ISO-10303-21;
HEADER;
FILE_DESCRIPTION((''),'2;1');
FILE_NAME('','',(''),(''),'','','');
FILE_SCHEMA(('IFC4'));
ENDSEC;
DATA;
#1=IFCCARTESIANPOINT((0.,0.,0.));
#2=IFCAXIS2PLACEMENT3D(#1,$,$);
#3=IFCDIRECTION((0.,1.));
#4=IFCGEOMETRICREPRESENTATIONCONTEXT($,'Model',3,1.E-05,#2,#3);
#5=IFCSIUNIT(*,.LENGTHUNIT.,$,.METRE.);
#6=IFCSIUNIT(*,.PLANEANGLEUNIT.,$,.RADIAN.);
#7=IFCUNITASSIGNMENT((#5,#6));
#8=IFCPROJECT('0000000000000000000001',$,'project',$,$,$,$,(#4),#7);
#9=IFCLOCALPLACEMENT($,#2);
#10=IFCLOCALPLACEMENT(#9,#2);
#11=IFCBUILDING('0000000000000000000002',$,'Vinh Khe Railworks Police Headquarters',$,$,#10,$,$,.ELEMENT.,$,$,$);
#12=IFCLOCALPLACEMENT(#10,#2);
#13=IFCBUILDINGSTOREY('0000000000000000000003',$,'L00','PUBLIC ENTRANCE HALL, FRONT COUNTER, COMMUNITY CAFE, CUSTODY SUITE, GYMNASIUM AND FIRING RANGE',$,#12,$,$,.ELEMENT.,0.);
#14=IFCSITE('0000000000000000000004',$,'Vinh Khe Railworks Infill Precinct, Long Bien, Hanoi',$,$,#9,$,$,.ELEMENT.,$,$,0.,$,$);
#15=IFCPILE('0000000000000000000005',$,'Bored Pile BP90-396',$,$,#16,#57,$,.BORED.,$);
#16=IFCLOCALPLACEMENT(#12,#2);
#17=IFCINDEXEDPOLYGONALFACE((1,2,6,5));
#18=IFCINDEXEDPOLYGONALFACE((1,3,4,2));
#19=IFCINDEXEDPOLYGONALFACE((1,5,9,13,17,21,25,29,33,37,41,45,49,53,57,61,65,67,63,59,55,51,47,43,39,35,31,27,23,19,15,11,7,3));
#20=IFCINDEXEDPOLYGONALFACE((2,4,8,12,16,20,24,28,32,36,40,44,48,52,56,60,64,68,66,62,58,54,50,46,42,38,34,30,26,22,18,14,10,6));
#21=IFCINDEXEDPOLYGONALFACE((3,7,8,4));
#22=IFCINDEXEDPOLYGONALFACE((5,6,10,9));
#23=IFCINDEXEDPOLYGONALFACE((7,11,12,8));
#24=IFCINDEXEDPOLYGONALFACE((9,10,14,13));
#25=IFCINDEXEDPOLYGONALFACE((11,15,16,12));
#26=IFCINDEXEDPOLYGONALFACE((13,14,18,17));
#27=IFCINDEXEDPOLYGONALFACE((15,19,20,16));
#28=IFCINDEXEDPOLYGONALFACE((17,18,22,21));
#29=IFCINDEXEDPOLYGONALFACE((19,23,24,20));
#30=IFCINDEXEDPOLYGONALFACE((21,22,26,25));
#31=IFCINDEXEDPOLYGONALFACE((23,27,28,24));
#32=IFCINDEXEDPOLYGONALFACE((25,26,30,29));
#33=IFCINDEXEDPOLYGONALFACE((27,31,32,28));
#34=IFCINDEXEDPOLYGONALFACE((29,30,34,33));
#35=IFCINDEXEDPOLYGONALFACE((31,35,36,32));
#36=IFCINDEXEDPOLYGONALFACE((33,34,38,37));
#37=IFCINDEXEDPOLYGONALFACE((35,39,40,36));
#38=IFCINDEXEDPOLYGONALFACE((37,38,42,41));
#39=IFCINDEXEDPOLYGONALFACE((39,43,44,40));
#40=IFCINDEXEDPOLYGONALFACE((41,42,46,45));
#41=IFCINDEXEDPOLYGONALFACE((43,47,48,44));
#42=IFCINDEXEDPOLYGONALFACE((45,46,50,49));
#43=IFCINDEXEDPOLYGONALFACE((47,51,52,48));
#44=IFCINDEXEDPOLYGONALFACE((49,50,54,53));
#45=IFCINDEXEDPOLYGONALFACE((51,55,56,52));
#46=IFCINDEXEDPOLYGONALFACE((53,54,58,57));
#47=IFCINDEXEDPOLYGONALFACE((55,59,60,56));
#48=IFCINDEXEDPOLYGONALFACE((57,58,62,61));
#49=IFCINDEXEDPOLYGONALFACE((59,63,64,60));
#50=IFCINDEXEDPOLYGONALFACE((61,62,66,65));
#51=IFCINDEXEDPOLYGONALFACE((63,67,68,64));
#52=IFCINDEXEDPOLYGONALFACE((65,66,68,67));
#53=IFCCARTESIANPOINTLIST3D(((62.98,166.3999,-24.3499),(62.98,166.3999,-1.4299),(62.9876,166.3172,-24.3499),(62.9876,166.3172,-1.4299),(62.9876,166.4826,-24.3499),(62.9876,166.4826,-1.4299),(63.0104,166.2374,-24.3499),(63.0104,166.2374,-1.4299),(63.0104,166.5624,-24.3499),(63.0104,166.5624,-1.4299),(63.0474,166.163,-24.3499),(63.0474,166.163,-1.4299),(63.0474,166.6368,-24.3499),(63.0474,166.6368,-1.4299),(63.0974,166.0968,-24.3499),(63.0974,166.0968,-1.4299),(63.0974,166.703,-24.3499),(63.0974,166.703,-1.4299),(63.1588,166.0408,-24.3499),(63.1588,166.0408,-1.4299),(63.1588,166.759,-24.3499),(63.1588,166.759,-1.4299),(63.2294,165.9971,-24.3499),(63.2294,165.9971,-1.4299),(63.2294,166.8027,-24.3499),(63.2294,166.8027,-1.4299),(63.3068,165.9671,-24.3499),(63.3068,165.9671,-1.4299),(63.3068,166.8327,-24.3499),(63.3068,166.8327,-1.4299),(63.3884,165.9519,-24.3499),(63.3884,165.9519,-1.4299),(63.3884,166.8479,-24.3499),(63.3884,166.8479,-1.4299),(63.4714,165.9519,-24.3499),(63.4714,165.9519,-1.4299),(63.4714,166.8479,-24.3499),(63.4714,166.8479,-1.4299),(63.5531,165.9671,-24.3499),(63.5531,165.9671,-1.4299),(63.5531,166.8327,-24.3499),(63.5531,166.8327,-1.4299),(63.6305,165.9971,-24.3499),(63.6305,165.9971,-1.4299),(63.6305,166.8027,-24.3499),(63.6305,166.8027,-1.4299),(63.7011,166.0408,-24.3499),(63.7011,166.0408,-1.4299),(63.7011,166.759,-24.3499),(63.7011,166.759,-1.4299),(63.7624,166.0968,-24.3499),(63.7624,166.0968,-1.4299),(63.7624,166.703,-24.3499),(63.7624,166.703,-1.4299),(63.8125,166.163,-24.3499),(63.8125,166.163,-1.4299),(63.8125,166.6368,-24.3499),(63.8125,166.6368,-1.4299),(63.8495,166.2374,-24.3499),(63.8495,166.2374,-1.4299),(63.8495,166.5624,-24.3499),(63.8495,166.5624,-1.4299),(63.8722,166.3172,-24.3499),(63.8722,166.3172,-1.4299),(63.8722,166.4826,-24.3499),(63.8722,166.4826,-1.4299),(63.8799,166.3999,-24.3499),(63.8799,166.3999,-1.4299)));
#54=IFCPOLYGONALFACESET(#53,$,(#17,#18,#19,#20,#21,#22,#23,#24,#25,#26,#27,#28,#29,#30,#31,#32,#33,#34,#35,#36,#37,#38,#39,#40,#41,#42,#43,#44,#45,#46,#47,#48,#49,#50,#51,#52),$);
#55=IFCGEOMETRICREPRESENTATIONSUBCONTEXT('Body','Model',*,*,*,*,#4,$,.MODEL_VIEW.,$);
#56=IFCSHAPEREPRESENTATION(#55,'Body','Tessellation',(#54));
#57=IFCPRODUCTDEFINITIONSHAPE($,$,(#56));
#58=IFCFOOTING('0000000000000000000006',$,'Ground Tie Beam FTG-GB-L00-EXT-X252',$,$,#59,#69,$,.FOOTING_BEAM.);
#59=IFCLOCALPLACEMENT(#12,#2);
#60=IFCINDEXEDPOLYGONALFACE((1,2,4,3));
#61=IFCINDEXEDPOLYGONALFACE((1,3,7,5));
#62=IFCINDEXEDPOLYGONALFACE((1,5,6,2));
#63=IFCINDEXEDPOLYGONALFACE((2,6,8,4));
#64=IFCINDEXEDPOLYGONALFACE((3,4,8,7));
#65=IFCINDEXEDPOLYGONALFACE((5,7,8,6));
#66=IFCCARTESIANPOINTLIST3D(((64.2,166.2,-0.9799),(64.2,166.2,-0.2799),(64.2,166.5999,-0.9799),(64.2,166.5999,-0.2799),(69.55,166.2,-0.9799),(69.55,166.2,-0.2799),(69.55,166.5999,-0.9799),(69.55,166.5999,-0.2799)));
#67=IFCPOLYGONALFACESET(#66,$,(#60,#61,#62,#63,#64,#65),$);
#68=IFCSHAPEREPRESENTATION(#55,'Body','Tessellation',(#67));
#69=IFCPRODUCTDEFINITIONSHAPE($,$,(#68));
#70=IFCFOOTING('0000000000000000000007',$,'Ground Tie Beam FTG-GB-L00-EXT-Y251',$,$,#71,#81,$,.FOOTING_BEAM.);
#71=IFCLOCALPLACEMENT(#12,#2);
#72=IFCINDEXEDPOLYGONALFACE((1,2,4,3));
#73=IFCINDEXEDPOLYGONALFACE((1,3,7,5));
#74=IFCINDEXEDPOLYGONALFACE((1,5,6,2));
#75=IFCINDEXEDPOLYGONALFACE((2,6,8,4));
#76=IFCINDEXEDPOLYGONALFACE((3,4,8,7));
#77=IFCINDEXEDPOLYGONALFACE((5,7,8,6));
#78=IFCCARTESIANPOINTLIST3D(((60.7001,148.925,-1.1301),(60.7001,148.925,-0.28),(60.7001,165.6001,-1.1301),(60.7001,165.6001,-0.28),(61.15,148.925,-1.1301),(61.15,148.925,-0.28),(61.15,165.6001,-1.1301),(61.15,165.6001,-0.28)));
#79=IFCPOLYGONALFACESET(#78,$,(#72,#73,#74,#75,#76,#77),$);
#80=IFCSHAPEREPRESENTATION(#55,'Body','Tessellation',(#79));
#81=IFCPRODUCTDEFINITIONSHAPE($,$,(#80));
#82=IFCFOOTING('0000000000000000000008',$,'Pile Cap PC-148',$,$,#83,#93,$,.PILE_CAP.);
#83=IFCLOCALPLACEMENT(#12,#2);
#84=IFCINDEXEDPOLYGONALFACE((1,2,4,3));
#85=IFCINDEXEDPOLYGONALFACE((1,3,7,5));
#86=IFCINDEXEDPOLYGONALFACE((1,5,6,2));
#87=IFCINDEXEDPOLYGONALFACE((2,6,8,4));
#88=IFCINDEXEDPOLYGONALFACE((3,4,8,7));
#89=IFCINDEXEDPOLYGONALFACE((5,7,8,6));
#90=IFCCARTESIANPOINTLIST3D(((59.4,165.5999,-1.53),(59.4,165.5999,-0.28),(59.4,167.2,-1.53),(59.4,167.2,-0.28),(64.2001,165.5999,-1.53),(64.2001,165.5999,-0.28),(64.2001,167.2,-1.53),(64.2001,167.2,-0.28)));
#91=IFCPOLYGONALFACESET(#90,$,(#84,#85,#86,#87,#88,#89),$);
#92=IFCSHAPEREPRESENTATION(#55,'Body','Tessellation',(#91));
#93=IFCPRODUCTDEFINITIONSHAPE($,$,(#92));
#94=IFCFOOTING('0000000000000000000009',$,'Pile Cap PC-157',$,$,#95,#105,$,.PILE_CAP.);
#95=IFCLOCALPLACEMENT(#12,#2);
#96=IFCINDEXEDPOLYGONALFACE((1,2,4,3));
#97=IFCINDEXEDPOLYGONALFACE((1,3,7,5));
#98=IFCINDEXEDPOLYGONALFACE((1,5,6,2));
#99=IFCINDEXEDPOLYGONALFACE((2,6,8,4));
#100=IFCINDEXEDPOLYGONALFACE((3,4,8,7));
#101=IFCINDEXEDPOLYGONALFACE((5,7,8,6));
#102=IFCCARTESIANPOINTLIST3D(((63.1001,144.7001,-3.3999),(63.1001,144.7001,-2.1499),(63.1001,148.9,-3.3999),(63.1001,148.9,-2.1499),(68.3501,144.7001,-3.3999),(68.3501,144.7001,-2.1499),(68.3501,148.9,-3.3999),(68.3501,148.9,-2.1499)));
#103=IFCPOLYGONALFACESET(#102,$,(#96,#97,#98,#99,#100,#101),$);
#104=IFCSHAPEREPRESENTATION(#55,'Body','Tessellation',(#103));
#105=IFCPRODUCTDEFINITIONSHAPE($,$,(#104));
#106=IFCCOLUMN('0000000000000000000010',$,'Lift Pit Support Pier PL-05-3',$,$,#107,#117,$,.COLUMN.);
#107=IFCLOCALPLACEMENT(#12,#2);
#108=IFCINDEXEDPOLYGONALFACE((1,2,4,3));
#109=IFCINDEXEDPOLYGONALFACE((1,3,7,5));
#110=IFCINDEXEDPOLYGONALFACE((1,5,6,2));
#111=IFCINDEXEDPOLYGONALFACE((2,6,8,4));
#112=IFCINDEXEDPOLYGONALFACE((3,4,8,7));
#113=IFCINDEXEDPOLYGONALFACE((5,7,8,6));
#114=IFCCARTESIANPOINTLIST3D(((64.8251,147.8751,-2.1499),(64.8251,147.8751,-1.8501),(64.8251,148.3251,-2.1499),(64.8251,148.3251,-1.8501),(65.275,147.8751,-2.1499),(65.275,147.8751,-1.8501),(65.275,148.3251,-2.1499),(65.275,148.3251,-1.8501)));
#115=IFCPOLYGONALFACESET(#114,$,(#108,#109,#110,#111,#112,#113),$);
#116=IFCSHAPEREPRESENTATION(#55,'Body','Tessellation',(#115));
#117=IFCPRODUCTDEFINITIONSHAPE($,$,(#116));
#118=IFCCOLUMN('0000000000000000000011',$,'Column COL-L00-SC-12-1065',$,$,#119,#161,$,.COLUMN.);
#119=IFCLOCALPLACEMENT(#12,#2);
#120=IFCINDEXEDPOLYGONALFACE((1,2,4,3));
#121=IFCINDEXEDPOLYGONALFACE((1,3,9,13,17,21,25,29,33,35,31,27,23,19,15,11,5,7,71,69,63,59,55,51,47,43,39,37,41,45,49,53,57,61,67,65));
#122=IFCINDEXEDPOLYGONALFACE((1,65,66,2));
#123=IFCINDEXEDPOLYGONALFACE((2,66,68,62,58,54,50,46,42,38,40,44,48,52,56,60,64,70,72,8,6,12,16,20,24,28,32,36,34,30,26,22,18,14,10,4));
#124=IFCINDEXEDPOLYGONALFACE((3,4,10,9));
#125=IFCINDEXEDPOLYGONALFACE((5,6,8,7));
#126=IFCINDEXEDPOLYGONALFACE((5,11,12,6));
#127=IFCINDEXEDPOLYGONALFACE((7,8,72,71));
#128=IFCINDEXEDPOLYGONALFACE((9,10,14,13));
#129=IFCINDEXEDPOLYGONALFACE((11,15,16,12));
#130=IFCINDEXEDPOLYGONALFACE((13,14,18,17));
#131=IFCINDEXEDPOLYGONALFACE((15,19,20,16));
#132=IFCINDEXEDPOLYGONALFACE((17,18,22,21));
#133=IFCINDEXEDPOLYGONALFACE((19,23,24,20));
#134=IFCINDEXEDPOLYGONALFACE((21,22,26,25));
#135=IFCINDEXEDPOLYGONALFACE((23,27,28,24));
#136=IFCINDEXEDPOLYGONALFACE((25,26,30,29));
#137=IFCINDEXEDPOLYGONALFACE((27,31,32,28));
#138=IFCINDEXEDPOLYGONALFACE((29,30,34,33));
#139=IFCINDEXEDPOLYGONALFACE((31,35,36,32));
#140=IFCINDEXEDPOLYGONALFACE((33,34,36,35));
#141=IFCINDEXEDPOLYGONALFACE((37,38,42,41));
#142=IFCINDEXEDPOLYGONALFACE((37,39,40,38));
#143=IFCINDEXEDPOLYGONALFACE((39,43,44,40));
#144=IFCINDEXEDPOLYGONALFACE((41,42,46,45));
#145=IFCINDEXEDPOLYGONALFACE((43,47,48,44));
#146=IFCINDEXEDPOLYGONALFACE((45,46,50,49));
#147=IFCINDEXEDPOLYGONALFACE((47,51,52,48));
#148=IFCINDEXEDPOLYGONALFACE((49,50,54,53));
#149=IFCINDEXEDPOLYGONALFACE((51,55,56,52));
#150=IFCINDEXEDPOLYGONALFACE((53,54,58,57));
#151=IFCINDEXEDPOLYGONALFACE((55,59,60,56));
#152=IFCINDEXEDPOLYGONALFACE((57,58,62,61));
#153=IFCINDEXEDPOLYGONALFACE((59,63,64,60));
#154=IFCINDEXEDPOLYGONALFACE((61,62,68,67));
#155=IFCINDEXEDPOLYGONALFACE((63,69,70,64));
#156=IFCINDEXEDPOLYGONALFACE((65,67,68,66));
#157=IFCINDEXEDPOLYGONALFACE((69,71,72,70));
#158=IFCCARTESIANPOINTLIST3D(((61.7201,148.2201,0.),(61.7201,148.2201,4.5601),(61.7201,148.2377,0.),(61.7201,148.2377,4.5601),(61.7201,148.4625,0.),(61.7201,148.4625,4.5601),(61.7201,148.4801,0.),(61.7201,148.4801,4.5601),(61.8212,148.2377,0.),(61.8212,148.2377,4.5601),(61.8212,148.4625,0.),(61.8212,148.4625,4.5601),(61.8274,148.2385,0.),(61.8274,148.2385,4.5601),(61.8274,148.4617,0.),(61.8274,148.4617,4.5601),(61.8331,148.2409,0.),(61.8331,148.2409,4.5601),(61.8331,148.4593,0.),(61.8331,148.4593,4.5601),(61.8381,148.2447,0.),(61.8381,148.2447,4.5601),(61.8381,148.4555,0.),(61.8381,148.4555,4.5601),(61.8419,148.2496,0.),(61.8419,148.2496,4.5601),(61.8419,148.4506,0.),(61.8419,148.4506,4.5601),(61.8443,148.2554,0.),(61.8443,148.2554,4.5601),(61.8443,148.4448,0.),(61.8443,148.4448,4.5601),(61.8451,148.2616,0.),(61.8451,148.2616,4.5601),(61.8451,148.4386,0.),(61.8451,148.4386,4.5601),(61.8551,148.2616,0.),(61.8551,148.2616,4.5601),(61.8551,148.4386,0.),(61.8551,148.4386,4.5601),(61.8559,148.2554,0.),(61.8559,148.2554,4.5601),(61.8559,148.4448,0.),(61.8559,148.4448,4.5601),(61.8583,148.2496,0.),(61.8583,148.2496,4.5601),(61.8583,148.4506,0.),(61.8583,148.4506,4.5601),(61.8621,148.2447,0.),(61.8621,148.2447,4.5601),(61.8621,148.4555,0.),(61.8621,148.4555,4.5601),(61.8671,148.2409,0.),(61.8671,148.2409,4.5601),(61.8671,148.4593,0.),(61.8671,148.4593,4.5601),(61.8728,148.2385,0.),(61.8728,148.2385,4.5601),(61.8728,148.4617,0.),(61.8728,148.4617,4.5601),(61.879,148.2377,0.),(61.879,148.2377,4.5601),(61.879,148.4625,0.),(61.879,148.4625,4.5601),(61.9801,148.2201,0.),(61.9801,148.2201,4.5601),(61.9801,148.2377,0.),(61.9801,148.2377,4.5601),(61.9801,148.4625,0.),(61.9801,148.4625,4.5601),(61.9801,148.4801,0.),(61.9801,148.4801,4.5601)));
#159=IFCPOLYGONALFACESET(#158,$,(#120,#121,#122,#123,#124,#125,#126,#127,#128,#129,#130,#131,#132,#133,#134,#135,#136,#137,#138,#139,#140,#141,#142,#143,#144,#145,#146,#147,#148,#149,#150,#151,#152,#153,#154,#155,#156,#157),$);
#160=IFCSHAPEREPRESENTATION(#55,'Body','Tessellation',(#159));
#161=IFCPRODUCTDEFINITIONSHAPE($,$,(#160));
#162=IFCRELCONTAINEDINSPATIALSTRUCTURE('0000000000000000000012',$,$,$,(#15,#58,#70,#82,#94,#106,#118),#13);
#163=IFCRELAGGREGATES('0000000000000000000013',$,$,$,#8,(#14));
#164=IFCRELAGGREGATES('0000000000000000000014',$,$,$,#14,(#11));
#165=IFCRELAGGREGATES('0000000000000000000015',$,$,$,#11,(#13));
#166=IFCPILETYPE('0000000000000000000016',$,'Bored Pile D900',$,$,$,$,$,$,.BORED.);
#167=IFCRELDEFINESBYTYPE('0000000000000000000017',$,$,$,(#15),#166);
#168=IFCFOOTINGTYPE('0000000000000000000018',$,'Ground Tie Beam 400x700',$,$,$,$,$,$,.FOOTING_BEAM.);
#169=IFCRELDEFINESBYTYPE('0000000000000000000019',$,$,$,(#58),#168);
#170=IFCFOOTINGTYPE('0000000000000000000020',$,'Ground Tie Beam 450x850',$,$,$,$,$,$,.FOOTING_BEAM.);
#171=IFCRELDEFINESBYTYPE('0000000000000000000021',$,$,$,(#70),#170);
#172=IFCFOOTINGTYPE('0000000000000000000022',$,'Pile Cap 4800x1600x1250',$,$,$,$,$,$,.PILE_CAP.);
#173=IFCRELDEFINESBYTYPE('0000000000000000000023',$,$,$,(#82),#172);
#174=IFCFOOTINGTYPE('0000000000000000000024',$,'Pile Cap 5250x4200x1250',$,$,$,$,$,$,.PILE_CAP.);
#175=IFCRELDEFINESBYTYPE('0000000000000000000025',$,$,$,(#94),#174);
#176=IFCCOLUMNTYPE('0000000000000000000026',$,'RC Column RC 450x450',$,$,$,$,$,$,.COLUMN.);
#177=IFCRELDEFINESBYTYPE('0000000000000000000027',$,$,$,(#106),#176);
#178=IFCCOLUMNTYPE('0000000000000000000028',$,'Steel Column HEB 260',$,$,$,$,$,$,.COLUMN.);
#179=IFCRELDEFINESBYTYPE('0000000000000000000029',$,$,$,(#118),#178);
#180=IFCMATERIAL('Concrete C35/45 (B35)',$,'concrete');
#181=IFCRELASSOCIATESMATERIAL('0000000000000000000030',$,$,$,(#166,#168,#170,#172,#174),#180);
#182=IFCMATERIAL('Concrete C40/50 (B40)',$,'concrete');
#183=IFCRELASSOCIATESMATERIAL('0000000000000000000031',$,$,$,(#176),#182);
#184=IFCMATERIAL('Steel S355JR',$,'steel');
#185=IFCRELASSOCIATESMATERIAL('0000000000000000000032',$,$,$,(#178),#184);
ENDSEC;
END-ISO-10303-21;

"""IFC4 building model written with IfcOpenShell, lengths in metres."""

from ifc_helpers import new_model, si_unit, direction, frame, origin, origin_2d, place, context, subcontext, project, spatial, rectangle, circle, i_section, extrude, material, material_profile, profile_set, type_object, element, save


model = new_model("IFC4")

# Units and contexts
model_context = context("Model", 3, precision=1e-05, world=origin(), true_north=direction((0.0, 1.0)))
body_context = subcontext(model_context, "Body", "Model", "MODEL_VIEW")
ifc_project = project(units=[si_unit("LENGTHUNIT", "METRE"), si_unit("PLANEANGLEUNIT", "RADIAN")], contexts=[model_context])

# Site, building, storey
site_placement = place(None, origin())
site = spatial("IfcSite", under=ifc_project, at=site_placement, Name="Vinh Khe Railworks Infill Precinct, Long Bien, Hanoi", CompositionType="ELEMENT", RefElevation=0.0)
building_placement = place(site_placement, origin())
building = spatial("IfcBuilding", under=site, at=building_placement, Name="Vinh Khe Railworks Police Headquarters", CompositionType="ELEMENT")
storey_placement = place(building_placement, origin())
storey = spatial("IfcBuildingStorey", under=building, at=storey_placement, Name="L00", Description="PUBLIC ENTRANCE HALL, FRONT COUNTER, COMMUNITY CAFE, CUSTODY SUITE, GYMNASIUM AND FIRING RANGE", CompositionType="ELEMENT", Elevation=0.0)

# Pile
ifc_material_1 = material(Name="Concrete C35/45 (B35)", Category="concrete")
ifc_material_profile_1 = material_profile(ifc_material_1, circle(Radius=0.45, at=origin_2d()), Name="BORED PILE D900")
ifc_profile_set_1 = profile_set([ifc_material_profile_1], Name="Concrete C35/45 (B35)")
pile_type = type_object("IfcPileType", Name="Bored Pile D900", PredefinedType="BORED", material=ifc_profile_set_1)
pile_placement = place(storey_placement, frame((63.4299, 166.3999, -1.4299), z_axis=(0.0, 0.0, -1.0), x_axis=(1.0, 0.0, 0.0)))
element("IfcPile", 1, at=pile_placement, inside=storey, type_object=pile_type, Name="Bored Pile BP90-396", PredefinedType="BORED", context=body_context, shape_type="SweptSolid", body=[
    extrude(circle(Radius=0.45, at=origin_2d()), origin(), (0.0, 0.0, 1.0), 22.9199),
])

# Footings
ifc_material_profile_2 = material_profile(ifc_material_1, rectangle(XDim=0.3999, YDim=0.7, at=origin_2d()), Name="RC 400x700")
ifc_profile_set_2 = profile_set([ifc_material_profile_2], Name="Concrete C35/45 (B35)")
footing_type_1 = type_object("IfcFootingType", Name="Ground Tie Beam 400x700", PredefinedType="FOOTING_BEAM", material=ifc_profile_set_2)
footing_1_placement = place(storey_placement, frame((64.2, 166.3999, -0.6299), z_axis=(1.0, 0.0, 0.0), x_axis=(0.0, 1.0, 0.0)))
element("IfcFooting", 2, at=footing_1_placement, inside=storey, type_object=footing_type_1, Name="Ground Tie Beam FTG-GB-L00-EXT-X252", PredefinedType="FOOTING_BEAM", context=body_context, shape_type="SweptSolid", body=[
    extrude(rectangle(XDim=0.3999, YDim=0.7, at=origin_2d()), origin(), (0.0, 0.0, 1.0), 5.3501),
])
ifc_material_profile_3 = material_profile(ifc_material_1, rectangle(XDim=0.45, YDim=0.8501, at=origin_2d()), Name="RC 450x850")
ifc_profile_set_3 = profile_set([ifc_material_profile_3], Name="Concrete C35/45 (B35)")
footing_type_2 = type_object("IfcFootingType", Name="Ground Tie Beam 450x850", PredefinedType="FOOTING_BEAM", material=ifc_profile_set_3)
footing_2_placement = place(storey_placement, frame((60.925, 148.925, -0.7051), z_axis=(0.0, 1.0, 0.0), x_axis=(-1.0, 0.0, 0.0)))
element("IfcFooting", 3, at=footing_2_placement, inside=storey, type_object=footing_type_2, Name="Ground Tie Beam FTG-GB-L00-EXT-Y251", PredefinedType="FOOTING_BEAM", context=body_context, shape_type="SweptSolid", body=[
    extrude(rectangle(XDim=0.45, YDim=0.8501, at=origin_2d()), origin(), (0.0, 0.0, 1.0), 16.675),
])
footing_type_3 = type_object("IfcFootingType", Name="Pile Cap 4800x1600x1250", PredefinedType="PILE_CAP", material=ifc_material_1)
footing_3_placement = place(storey_placement, frame((61.8, 166.3999, -1.53), z_axis=(0.0, 0.0, 1.0), x_axis=(1.0, 0.0, 0.0)))
element("IfcFooting", 4, at=footing_3_placement, inside=storey, type_object=footing_type_3, Name="Pile Cap PC-148", PredefinedType="PILE_CAP", context=body_context, shape_type="SweptSolid", body=[
    extrude(rectangle(XDim=4.8, YDim=1.6001, at=origin_2d()), origin(), (0.0, 0.0, 1.0), 1.25),
])
footing_type_4 = type_object("IfcFootingType", Name="Pile Cap 5250x4200x1250", PredefinedType="PILE_CAP", material=ifc_material_1)
footing_4_placement = place(storey_placement, frame((65.7251, 146.8, -3.3999), z_axis=(0.0, 0.0, 1.0), x_axis=(1.0, 0.0, 0.0)))
element("IfcFooting", 5, at=footing_4_placement, inside=storey, type_object=footing_type_4, Name="Pile Cap PC-157", PredefinedType="PILE_CAP", context=body_context, shape_type="SweptSolid", body=[
    extrude(rectangle(XDim=5.25, YDim=4.2, at=origin_2d()), origin(), (0.0, 0.0, 1.0), 1.25),
])

# Columns
ifc_material_2 = material(Name="Concrete C40/50 (B40)", Category="concrete")
ifc_material_profile_4 = material_profile(ifc_material_2, rectangle(XDim=0.45, YDim=0.45, at=origin_2d()), Name="RC 450x450")
ifc_profile_set_4 = profile_set([ifc_material_profile_4], Name="Concrete C40/50 (B40)")
column_type_1 = type_object("IfcColumnType", Name="RC Column RC 450x450", PredefinedType="COLUMN", material=ifc_profile_set_4)
column_1_placement = place(storey_placement, frame((65.05, 148.1001, -2.1499), z_axis=(0.0, 0.0, 1.0), x_axis=(1.0, 0.0, 0.0)))
element("IfcColumn", 6, at=column_1_placement, inside=storey, type_object=column_type_1, Name="Lift Pit Support Pier PL-05-3", PredefinedType="COLUMN", context=body_context, shape_type="SweptSolid", body=[
    extrude(rectangle(XDim=0.45, YDim=0.45, at=origin_2d()), origin(), (0.0, 0.0, 1.0), 0.2998),
])
ifc_material_3 = material(Name="Steel S355JR", Category="steel")
ifc_material_profile_5 = material_profile(ifc_material_3, i_section(OverallWidth=0.26, OverallDepth=0.26, WebThickness=0.01, FlangeThickness=0.0176, FilletRadius=0.0239, at=origin_2d()), Name="HEB 260")
ifc_profile_set_5 = profile_set([ifc_material_profile_5], Name="Steel S355JR")
column_type_2 = type_object("IfcColumnType", Name="Steel Column HEB 260", PredefinedType="COLUMN", material=ifc_profile_set_5)
column_2_placement = place(storey_placement, frame((61.8501, 148.3501, 0.0), z_axis=(0.0, 0.0, 1.0), x_axis=(1.0, 0.0, 0.0)))
element("IfcColumn", 7, at=column_2_placement, inside=storey, type_object=column_type_2, Name="Column COL-L00-SC-12-1065", PredefinedType="COLUMN", context=body_context, shape_type="SweptSolid", body=[
    extrude(i_section(OverallWidth=0.26, OverallDepth=0.26, WebThickness=0.01, FlangeThickness=0.0176, FilletRadius=0.0239, at=origin_2d()), origin(), (0.0, 0.0, 1.0), 4.5601),
])

save(model, "model.ifc")
